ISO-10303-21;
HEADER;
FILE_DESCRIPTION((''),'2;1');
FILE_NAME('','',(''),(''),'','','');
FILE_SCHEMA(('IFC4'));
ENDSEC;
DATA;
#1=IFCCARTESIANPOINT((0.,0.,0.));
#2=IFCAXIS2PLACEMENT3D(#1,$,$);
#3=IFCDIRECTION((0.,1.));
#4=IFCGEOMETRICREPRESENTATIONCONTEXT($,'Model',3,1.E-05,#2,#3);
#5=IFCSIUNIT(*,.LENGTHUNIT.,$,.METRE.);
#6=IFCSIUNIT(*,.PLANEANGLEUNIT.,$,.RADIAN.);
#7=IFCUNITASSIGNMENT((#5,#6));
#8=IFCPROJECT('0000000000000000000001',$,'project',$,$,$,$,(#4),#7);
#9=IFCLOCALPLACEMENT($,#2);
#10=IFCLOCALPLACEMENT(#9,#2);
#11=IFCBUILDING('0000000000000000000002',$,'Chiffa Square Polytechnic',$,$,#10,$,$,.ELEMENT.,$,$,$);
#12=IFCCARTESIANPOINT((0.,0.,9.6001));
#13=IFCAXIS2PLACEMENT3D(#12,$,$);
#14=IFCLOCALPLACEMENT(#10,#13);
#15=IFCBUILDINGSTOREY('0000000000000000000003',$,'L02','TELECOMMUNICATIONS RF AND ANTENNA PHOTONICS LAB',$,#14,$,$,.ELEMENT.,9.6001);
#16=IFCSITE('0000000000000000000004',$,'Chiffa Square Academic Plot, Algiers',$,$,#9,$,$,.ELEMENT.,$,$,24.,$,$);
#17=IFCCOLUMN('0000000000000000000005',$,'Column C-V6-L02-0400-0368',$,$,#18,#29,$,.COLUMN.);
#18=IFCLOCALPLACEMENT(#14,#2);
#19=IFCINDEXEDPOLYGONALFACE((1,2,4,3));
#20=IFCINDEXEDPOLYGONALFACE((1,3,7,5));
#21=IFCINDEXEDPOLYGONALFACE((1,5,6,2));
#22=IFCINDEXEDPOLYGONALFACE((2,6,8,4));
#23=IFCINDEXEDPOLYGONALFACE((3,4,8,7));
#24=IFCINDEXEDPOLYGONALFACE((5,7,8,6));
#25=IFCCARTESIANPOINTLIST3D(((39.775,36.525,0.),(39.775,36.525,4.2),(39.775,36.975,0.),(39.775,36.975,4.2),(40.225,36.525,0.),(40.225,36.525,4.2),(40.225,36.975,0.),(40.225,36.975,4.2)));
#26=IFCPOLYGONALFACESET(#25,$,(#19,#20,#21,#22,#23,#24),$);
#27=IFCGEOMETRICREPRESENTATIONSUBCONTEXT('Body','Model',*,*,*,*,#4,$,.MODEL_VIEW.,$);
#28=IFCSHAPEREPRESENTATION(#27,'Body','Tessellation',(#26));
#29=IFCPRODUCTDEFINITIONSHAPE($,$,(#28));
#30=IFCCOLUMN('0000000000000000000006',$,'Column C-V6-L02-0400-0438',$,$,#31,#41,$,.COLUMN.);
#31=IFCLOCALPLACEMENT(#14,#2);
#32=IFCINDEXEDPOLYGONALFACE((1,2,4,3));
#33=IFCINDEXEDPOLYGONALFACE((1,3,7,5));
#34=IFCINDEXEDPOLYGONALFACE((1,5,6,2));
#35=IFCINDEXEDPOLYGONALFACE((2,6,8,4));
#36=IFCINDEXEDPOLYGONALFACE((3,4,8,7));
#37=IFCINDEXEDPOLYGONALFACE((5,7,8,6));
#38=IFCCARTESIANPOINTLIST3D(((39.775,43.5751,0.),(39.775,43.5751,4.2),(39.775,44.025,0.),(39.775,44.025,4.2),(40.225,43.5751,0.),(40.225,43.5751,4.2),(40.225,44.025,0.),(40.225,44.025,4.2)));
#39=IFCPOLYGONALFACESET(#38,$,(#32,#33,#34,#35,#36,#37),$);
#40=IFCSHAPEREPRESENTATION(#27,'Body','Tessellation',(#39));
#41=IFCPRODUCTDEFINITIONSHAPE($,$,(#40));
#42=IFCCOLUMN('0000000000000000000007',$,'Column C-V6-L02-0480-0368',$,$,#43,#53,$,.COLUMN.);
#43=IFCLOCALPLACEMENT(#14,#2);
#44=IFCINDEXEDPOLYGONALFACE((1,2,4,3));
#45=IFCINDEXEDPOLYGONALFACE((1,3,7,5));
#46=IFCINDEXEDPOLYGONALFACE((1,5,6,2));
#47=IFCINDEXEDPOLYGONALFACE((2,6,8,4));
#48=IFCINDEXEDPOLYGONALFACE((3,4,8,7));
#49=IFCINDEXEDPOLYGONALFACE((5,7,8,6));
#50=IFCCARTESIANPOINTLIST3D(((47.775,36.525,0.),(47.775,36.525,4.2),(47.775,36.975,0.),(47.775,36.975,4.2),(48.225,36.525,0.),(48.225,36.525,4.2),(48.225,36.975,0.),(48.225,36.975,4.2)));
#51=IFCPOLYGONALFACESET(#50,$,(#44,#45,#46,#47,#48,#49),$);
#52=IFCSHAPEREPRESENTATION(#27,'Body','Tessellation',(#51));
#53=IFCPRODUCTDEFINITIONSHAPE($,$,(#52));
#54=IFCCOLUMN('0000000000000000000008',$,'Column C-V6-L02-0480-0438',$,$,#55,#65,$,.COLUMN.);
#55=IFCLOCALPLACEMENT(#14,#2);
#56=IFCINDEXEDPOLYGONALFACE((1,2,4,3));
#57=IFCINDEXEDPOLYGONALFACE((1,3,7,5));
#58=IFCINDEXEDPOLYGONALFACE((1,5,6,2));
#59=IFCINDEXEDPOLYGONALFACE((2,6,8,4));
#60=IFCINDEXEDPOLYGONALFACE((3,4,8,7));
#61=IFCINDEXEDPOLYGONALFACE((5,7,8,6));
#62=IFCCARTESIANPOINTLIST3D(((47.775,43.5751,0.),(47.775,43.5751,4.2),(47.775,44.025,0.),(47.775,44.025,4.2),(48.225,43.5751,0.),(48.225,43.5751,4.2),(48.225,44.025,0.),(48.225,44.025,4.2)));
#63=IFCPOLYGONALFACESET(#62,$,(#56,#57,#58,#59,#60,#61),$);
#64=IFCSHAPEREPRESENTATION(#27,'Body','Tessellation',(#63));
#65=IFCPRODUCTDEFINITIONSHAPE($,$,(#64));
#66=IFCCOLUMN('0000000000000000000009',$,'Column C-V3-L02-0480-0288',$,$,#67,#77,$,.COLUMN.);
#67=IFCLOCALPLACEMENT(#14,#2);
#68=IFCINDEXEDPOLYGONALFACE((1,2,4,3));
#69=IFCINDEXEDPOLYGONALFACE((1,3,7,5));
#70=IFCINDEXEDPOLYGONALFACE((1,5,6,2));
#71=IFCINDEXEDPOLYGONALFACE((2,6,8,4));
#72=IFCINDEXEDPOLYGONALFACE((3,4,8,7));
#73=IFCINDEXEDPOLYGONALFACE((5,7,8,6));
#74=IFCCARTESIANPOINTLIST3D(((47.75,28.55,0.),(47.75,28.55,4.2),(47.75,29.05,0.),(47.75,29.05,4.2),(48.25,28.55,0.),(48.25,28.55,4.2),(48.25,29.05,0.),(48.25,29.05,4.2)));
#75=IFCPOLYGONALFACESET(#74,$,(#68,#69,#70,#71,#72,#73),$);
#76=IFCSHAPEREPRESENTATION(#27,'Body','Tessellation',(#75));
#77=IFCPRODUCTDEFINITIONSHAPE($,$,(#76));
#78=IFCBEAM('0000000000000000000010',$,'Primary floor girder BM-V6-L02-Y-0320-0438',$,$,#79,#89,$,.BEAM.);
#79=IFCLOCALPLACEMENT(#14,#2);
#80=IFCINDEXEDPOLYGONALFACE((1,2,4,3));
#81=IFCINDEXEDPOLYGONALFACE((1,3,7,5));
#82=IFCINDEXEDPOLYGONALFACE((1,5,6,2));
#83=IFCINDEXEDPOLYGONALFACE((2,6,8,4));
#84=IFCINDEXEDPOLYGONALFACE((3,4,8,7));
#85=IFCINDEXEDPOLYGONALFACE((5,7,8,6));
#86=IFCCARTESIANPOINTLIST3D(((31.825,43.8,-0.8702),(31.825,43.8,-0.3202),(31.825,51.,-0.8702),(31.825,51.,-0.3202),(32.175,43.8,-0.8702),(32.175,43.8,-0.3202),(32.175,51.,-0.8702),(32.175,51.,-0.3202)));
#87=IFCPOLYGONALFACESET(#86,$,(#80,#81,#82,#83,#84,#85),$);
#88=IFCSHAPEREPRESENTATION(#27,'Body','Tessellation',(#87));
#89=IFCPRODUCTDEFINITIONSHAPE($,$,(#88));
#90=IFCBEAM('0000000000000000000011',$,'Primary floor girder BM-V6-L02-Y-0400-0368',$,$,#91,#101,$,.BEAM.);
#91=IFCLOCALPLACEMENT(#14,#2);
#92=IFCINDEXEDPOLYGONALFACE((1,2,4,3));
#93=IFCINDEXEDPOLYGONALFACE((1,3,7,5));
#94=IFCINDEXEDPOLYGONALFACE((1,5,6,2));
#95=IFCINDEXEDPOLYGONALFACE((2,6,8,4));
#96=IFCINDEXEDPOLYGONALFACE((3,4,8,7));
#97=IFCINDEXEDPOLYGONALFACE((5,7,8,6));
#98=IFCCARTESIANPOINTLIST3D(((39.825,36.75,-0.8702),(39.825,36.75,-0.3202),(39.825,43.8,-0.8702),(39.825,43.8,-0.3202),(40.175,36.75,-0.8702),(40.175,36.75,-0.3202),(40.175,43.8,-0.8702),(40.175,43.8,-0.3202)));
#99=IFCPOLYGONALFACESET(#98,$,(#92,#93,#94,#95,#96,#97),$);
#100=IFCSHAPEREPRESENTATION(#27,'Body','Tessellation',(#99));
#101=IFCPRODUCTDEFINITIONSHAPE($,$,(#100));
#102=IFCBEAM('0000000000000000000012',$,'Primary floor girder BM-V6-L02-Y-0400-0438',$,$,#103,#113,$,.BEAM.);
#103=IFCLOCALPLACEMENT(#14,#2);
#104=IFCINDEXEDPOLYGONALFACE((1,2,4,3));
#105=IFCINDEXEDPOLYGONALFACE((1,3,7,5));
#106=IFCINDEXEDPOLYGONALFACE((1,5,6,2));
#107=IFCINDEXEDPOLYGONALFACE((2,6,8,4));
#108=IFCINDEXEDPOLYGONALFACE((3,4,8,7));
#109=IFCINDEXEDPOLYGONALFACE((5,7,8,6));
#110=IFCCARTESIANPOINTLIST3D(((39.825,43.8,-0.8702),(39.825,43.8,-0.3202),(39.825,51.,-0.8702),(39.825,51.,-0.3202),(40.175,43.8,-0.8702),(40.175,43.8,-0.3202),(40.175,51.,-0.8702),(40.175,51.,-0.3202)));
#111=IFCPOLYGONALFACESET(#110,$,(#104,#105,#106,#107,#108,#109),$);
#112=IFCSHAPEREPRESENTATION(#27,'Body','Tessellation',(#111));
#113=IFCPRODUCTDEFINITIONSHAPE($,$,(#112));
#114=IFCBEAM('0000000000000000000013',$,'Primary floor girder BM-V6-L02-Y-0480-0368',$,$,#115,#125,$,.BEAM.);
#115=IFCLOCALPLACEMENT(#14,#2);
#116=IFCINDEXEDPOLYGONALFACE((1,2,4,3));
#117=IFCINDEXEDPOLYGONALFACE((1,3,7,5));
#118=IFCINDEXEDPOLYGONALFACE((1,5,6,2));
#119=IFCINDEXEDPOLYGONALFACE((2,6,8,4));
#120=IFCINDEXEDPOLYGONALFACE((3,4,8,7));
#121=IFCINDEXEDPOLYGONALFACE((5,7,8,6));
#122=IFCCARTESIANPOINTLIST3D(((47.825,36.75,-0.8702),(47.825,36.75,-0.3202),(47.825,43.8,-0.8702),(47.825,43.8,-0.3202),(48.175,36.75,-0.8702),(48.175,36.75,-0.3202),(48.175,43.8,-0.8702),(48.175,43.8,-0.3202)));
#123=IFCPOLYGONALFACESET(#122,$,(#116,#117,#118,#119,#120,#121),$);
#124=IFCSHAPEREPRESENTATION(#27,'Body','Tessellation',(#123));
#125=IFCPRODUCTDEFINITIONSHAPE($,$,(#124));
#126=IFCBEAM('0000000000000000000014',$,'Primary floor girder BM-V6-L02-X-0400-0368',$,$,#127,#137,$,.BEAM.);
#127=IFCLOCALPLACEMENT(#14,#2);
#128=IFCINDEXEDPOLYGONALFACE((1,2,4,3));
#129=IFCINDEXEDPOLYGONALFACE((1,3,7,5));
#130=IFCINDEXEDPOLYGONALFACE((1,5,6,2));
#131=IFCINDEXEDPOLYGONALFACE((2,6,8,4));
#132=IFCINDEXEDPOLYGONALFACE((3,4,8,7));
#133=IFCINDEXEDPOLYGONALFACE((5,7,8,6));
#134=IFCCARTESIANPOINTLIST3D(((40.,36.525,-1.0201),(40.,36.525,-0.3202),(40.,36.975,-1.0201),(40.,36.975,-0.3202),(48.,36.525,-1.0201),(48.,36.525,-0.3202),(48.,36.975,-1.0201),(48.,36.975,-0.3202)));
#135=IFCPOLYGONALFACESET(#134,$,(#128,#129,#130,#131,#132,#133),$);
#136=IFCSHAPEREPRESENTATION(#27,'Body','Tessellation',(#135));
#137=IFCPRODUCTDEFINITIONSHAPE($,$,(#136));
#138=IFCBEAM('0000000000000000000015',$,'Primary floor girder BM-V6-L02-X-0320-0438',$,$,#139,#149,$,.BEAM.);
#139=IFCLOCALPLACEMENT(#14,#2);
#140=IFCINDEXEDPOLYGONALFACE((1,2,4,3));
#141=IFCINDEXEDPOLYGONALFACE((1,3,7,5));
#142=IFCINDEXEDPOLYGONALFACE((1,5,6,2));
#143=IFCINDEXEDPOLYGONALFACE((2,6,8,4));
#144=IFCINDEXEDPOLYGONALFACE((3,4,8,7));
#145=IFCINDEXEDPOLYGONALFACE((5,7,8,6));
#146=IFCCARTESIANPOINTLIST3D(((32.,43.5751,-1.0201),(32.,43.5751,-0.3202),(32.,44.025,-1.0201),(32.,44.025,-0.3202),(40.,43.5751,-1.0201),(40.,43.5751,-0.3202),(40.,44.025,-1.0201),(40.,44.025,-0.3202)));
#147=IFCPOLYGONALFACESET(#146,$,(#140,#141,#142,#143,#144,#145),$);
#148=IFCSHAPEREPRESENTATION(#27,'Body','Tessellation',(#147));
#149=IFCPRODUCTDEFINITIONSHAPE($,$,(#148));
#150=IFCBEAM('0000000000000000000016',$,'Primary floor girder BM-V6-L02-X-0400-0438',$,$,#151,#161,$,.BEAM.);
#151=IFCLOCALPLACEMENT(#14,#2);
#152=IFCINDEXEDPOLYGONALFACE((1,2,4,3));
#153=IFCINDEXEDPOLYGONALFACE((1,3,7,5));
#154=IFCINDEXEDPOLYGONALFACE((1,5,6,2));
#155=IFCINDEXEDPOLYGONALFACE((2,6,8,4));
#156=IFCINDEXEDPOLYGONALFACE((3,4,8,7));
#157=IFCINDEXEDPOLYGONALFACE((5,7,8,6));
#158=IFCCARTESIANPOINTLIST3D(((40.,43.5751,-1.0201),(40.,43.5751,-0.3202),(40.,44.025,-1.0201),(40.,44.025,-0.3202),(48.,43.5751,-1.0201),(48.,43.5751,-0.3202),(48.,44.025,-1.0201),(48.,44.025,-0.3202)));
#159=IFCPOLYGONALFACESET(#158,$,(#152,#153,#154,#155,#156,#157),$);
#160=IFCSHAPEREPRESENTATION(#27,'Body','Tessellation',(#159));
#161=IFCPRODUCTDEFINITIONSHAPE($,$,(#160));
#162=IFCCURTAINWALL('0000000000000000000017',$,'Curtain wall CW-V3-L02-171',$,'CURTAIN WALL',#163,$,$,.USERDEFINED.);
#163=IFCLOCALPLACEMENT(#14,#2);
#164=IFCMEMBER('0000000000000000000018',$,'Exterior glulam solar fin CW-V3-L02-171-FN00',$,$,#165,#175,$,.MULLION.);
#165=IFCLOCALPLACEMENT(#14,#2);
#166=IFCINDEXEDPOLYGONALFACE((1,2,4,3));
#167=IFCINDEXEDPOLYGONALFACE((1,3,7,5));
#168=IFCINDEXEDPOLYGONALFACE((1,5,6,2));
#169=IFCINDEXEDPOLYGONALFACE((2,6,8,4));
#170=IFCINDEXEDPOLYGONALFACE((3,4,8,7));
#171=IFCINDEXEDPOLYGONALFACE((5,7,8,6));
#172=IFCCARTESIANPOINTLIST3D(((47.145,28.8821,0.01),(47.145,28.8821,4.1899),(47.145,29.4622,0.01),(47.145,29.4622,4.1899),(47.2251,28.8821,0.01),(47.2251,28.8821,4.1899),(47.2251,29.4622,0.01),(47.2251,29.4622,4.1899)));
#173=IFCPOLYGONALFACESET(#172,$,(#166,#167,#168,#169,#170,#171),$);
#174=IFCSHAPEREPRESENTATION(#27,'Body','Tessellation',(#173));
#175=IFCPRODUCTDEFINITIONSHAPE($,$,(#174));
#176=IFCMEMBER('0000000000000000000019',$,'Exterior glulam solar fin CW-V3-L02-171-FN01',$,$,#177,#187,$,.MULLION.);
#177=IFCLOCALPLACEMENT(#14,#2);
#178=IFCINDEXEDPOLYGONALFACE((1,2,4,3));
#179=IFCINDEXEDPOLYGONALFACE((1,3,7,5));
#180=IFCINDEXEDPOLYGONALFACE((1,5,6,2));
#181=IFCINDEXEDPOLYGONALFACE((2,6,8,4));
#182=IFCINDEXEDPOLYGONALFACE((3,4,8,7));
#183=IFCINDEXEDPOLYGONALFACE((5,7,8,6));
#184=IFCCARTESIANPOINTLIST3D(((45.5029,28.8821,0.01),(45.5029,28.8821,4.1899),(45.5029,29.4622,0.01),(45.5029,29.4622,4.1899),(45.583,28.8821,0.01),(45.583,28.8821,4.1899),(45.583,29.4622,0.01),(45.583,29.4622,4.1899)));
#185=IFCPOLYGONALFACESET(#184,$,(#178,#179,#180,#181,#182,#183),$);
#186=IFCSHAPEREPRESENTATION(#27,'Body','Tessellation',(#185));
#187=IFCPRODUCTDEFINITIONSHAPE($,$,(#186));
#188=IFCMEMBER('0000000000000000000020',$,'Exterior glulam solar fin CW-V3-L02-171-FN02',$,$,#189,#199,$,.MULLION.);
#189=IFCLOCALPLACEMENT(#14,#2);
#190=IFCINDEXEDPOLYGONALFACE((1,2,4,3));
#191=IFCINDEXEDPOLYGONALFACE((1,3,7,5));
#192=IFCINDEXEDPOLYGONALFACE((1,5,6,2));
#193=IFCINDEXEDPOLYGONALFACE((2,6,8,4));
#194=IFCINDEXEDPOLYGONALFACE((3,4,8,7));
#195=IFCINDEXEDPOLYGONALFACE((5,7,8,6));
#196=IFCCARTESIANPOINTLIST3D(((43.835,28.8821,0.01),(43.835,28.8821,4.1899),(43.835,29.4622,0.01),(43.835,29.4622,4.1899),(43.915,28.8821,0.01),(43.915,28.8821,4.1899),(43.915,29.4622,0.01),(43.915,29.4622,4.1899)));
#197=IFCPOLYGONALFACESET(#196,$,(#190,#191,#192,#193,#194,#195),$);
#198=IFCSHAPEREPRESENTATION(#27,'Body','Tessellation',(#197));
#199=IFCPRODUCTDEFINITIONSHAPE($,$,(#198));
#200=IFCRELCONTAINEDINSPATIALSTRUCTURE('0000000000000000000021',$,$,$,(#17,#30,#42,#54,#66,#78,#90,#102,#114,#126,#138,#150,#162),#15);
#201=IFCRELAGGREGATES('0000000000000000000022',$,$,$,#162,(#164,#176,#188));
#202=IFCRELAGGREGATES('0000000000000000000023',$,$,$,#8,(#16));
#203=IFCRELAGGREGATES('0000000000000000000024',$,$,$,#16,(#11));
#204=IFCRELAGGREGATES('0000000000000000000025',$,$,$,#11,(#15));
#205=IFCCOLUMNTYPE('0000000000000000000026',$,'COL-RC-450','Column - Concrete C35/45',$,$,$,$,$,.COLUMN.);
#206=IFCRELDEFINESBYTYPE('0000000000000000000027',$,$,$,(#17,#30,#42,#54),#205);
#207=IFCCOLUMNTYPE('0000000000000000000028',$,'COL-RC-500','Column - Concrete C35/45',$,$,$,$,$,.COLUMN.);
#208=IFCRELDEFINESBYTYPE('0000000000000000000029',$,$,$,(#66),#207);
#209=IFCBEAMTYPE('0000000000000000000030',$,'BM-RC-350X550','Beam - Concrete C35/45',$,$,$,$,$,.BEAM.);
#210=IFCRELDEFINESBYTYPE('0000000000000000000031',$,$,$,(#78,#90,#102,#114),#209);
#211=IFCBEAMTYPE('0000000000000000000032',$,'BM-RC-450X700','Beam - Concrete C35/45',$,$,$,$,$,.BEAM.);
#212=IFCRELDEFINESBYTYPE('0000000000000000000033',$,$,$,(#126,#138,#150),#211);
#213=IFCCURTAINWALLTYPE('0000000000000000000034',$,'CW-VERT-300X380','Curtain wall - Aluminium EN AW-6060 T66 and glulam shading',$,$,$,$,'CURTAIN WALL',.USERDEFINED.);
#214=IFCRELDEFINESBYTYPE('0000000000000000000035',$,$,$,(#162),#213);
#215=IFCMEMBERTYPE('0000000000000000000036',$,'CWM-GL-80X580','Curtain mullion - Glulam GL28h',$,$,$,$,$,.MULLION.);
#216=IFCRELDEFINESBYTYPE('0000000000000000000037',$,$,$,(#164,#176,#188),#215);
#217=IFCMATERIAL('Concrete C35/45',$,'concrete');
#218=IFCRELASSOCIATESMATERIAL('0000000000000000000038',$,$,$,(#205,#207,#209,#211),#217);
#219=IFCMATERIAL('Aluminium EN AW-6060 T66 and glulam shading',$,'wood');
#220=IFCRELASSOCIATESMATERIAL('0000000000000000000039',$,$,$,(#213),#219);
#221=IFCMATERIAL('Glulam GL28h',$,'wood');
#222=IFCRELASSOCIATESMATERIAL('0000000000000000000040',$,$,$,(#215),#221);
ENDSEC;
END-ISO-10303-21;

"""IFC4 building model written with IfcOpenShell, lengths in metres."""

from ifc_helpers import new_model, si_unit, direction, frame, origin, origin_2d, place, context, subcontext, project, spatial, rectangle, extrude, material, material_profile, profile_set, type_object, element, aggregate, save


model = new_model("IFC4")

# Units and contexts
model_context = context("Model", 3, precision=1e-05, world=origin(), true_north=direction((0.0, 1.0)))
body_context = subcontext(model_context, "Body", "Model", "MODEL_VIEW")
ifc_project = project(units=[si_unit("LENGTHUNIT", "METRE"), si_unit("PLANEANGLEUNIT", "RADIAN")], contexts=[model_context])

# Site, building, storey
site_placement = place(None, origin())
site = spatial("IfcSite", under=ifc_project, at=site_placement, Name="Chiffa Square Academic Plot, Algiers", CompositionType="ELEMENT", RefElevation=24.0)
building_placement = place(site_placement, origin())
building = spatial("IfcBuilding", under=site, at=building_placement, Name="Chiffa Square Polytechnic", CompositionType="ELEMENT")
storey_placement = place(building_placement, frame((0.0, 0.0, 9.6001)))
storey = spatial("IfcBuildingStorey", under=building, at=storey_placement, Name="L02", Description="TELECOMMUNICATIONS RF AND ANTENNA PHOTONICS LAB", CompositionType="ELEMENT", Elevation=9.6001)

# Columns
ifc_material_1 = material(Name="Concrete C35/45", Category="concrete")
ifc_material_profile_1 = material_profile(ifc_material_1, rectangle(XDim=0.45, YDim=0.45, at=origin_2d()), Name="RC 450x450")
ifc_profile_set_1 = profile_set([ifc_material_profile_1], Name="Concrete C35/45")
column_type_1 = type_object("IfcColumnType", Name="COL-RC-450", Description="Column - Concrete C35/45", PredefinedType="COLUMN", material=ifc_profile_set_1)
for number, where, z_axis, x_axis, name in (
    (1, (40.0, 36.75, 0.0), (0.0, 0.0, 1.0), (1.0, 0.0, 0.0), "Column C-V6-L02-0400-0368"),
    (2, (40.0, 43.8, 0.0), (0.0, 0.0, 1.0), (1.0, 0.0, 0.0), "Column C-V6-L02-0400-0438"),
    (3, (48.0, 36.75, 0.0), (0.0, 0.0, 1.0), (1.0, 0.0, 0.0), "Column C-V6-L02-0480-0368"),
    (4, (48.0, 43.8, 0.0), (0.0, 0.0, 1.0), (1.0, 0.0, 0.0), "Column C-V6-L02-0480-0438"),
):
    element("IfcColumn", number, at=place(storey_placement, frame(where, z_axis=z_axis, x_axis=x_axis)), inside=storey, type_object=column_type_1, Name=name, PredefinedType="COLUMN", context=body_context, shape_type="SweptSolid", body=[
        extrude(rectangle(XDim=0.45, YDim=0.45, at=origin_2d()), origin(), (0.0, 0.0, 1.0), 4.2),
    ])
ifc_material_profile_2 = material_profile(ifc_material_1, rectangle(XDim=0.5, YDim=0.5, at=origin_2d()), Name="RC 500x500")
ifc_profile_set_2 = profile_set([ifc_material_profile_2], Name="Concrete C35/45")
column_type_2 = type_object("IfcColumnType", Name="COL-RC-500", Description="Column - Concrete C35/45", PredefinedType="COLUMN", material=ifc_profile_set_2)
column_placement = place(storey_placement, frame((48.0, 28.8, 0.0), z_axis=(0.0, 0.0, 1.0), x_axis=(1.0, 0.0, 0.0)))
element("IfcColumn", 5, at=column_placement, inside=storey, type_object=column_type_2, Name="Column C-V3-L02-0480-0288", PredefinedType="COLUMN", context=body_context, shape_type="SweptSolid", body=[
    extrude(rectangle(XDim=0.5, YDim=0.5, at=origin_2d()), origin(), (0.0, 0.0, 1.0), 4.2),
])

# Beams
ifc_material_profile_3 = material_profile(ifc_material_1, rectangle(XDim=0.3501, YDim=0.55, at=origin_2d()), Name="RC 350x550")
ifc_profile_set_3 = profile_set([ifc_material_profile_3], Name="Concrete C35/45")
beam_type_1 = type_object("IfcBeamType", Name="BM-RC-350X550", Description="Beam - Concrete C35/45", PredefinedType="BEAM", material=ifc_profile_set_3)
beam_1_placement = place(storey_placement, frame((32.0, 43.8, -0.5952), z_axis=(0.0, 1.0, 0.0), x_axis=(-1.0, 0.0, 0.0)))
element("IfcBeam", 6, at=beam_1_placement, inside=storey, type_object=beam_type_1, Name="Primary floor girder BM-V6-L02-Y-0320-0438", PredefinedType="BEAM", context=body_context, shape_type="SweptSolid", body=[
    extrude(rectangle(XDim=0.3501, YDim=0.55, at=origin_2d()), origin(), (0.0, 0.0, 1.0), 7.2),
])
beam_2_placement = place(storey_placement, frame((40.0, 36.75, -0.5952), z_axis=(0.0, 1.0, 0.0), x_axis=(-1.0, 0.0, 0.0)))
element("IfcBeam", 7, at=beam_2_placement, inside=storey, type_object=beam_type_1, Name="Primary floor girder BM-V6-L02-Y-0400-0368", PredefinedType="BEAM", context=body_context, shape_type="SweptSolid", body=[
    extrude(rectangle(XDim=0.3501, YDim=0.55, at=origin_2d()), origin(), (0.0, 0.0, 1.0), 7.05),
])
beam_3_placement = place(storey_placement, frame((40.0, 43.8, -0.5952), z_axis=(0.0, 1.0, 0.0), x_axis=(-1.0, 0.0, 0.0)))
element("IfcBeam", 8, at=beam_3_placement, inside=storey, type_object=beam_type_1, Name="Primary floor girder BM-V6-L02-Y-0400-0438", PredefinedType="BEAM", context=body_context, shape_type="SweptSolid", body=[
    extrude(rectangle(XDim=0.3501, YDim=0.55, at=origin_2d()), origin(), (0.0, 0.0, 1.0), 7.2),
])
beam_4_placement = place(storey_placement, frame((48.0, 36.75, -0.5952), z_axis=(0.0, 1.0, 0.0), x_axis=(-1.0, 0.0, 0.0)))
element("IfcBeam", 9, at=beam_4_placement, inside=storey, type_object=beam_type_1, Name="Primary floor girder BM-V6-L02-Y-0480-0368", PredefinedType="BEAM", context=body_context, shape_type="SweptSolid", body=[
    extrude(rectangle(XDim=0.3501, YDim=0.55, at=origin_2d()), origin(), (0.0, 0.0, 1.0), 7.05),
])
ifc_material_profile_4 = material_profile(ifc_material_1, rectangle(XDim=0.45, YDim=0.7, at=origin_2d()), Name="RC 450x700")
ifc_profile_set_4 = profile_set([ifc_material_profile_4], Name="Concrete C35/45")
beam_type_2 = type_object("IfcBeamType", Name="BM-RC-450X700", Description="Beam - Concrete C35/45", PredefinedType="BEAM", material=ifc_profile_set_4)
for number, where, z_axis, x_axis, name in (
    (10, (40.0, 36.75, -0.6702), (1.0, 0.0, 0.0), (0.0, 1.0, 0.0), "Primary floor girder BM-V6-L02-X-0400-0368"),
    (11, (32.0, 43.8, -0.6702), (1.0, 0.0, 0.0), (0.0, 1.0, 0.0), "Primary floor girder BM-V6-L02-X-0320-0438"),
    (12, (40.0, 43.8, -0.6702), (1.0, 0.0, 0.0), (0.0, 1.0, 0.0), "Primary floor girder BM-V6-L02-X-0400-0438"),
):
    element("IfcBeam", number, at=place(storey_placement, frame(where, z_axis=z_axis, x_axis=x_axis)), inside=storey, type_object=beam_type_2, Name=name, PredefinedType="BEAM", context=body_context, shape_type="SweptSolid", body=[
        extrude(rectangle(XDim=0.45, YDim=0.7, at=origin_2d()), origin(), (0.0, 0.0, 1.0), 8.0),
    ])

# Curtain wall, members
ifc_material_2 = material(Name="Aluminium EN AW-6060 T66 and glulam shading", Category="wood")
curtain_wall_type = type_object("IfcCurtainWallType", Name="CW-VERT-300X380", Description="Curtain wall - Aluminium EN AW-6060 T66 and glulam shading", ElementType="CURTAIN WALL", PredefinedType="USERDEFINED", material=ifc_material_2)
curtain_wall_placement = place(storey_placement, origin())
curtain_wall = element("IfcCurtainWall", 13, at=curtain_wall_placement, inside=storey, type_object=curtain_wall_type, Name="Curtain wall CW-V3-L02-171", ObjectType="CURTAIN WALL", PredefinedType="USERDEFINED")
ifc_material_3 = material(Name="Glulam GL28h", Category="wood")
ifc_material_profile_5 = material_profile(ifc_material_3, rectangle(XDim=0.0801, YDim=0.5801, at=origin_2d()), Name="GL28h 80x580")
ifc_profile_set_5 = profile_set([ifc_material_profile_5], Name="Glulam GL28h")
member_type_1 = type_object("IfcMemberType", Name="CWM-GL-80X580", Description="Curtain mullion - Glulam GL28h", PredefinedType="MULLION", material=ifc_profile_set_5)
member_1_placement = place(storey_placement, frame((47.1851, 29.1721, 0.01), z_axis=(0.0, 0.0, 1.0), x_axis=(-1.0, 0.0, 0.0)))
member_1 = element("IfcMember", 14, at=member_1_placement, type_object=member_type_1, Name="Exterior glulam solar fin CW-V3-L02-171-FN00", PredefinedType="MULLION", context=body_context, shape_type="SweptSolid", body=[
    extrude(rectangle(XDim=0.0801, YDim=0.5801, at=origin_2d()), origin(), (0.0, 0.0, 1.0), 4.1799),
])
member_2_placement = place(storey_placement, frame((45.543, 29.1721, 0.01), z_axis=(0.0, 0.0, 1.0), x_axis=(-1.0, 0.0, 0.0)))
member_2 = element("IfcMember", 15, at=member_2_placement, type_object=member_type_1, Name="Exterior glulam solar fin CW-V3-L02-171-FN01", PredefinedType="MULLION", context=body_context, shape_type="SweptSolid", body=[
    extrude(rectangle(XDim=0.0801, YDim=0.5801, at=origin_2d()), origin(), (0.0, 0.0, 1.0), 4.1799),
])
member_3_placement = place(storey_placement, frame((43.875, 29.1721, 0.01), z_axis=(0.0, 0.0, 1.0), x_axis=(-1.0, 0.0, 0.0)))
member_3 = element("IfcMember", 16, at=member_3_placement, type_object=member_type_1, Name="Exterior glulam solar fin CW-V3-L02-171-FN02", PredefinedType="MULLION", context=body_context, shape_type="SweptSolid", body=[
    extrude(rectangle(XDim=0.0801, YDim=0.5801, at=origin_2d()), origin(), (0.0, 0.0, 1.0), 4.1799),
])
aggregate(curtain_wall, [member_1, member_2, member_3])

save(model, "model.ifc")
